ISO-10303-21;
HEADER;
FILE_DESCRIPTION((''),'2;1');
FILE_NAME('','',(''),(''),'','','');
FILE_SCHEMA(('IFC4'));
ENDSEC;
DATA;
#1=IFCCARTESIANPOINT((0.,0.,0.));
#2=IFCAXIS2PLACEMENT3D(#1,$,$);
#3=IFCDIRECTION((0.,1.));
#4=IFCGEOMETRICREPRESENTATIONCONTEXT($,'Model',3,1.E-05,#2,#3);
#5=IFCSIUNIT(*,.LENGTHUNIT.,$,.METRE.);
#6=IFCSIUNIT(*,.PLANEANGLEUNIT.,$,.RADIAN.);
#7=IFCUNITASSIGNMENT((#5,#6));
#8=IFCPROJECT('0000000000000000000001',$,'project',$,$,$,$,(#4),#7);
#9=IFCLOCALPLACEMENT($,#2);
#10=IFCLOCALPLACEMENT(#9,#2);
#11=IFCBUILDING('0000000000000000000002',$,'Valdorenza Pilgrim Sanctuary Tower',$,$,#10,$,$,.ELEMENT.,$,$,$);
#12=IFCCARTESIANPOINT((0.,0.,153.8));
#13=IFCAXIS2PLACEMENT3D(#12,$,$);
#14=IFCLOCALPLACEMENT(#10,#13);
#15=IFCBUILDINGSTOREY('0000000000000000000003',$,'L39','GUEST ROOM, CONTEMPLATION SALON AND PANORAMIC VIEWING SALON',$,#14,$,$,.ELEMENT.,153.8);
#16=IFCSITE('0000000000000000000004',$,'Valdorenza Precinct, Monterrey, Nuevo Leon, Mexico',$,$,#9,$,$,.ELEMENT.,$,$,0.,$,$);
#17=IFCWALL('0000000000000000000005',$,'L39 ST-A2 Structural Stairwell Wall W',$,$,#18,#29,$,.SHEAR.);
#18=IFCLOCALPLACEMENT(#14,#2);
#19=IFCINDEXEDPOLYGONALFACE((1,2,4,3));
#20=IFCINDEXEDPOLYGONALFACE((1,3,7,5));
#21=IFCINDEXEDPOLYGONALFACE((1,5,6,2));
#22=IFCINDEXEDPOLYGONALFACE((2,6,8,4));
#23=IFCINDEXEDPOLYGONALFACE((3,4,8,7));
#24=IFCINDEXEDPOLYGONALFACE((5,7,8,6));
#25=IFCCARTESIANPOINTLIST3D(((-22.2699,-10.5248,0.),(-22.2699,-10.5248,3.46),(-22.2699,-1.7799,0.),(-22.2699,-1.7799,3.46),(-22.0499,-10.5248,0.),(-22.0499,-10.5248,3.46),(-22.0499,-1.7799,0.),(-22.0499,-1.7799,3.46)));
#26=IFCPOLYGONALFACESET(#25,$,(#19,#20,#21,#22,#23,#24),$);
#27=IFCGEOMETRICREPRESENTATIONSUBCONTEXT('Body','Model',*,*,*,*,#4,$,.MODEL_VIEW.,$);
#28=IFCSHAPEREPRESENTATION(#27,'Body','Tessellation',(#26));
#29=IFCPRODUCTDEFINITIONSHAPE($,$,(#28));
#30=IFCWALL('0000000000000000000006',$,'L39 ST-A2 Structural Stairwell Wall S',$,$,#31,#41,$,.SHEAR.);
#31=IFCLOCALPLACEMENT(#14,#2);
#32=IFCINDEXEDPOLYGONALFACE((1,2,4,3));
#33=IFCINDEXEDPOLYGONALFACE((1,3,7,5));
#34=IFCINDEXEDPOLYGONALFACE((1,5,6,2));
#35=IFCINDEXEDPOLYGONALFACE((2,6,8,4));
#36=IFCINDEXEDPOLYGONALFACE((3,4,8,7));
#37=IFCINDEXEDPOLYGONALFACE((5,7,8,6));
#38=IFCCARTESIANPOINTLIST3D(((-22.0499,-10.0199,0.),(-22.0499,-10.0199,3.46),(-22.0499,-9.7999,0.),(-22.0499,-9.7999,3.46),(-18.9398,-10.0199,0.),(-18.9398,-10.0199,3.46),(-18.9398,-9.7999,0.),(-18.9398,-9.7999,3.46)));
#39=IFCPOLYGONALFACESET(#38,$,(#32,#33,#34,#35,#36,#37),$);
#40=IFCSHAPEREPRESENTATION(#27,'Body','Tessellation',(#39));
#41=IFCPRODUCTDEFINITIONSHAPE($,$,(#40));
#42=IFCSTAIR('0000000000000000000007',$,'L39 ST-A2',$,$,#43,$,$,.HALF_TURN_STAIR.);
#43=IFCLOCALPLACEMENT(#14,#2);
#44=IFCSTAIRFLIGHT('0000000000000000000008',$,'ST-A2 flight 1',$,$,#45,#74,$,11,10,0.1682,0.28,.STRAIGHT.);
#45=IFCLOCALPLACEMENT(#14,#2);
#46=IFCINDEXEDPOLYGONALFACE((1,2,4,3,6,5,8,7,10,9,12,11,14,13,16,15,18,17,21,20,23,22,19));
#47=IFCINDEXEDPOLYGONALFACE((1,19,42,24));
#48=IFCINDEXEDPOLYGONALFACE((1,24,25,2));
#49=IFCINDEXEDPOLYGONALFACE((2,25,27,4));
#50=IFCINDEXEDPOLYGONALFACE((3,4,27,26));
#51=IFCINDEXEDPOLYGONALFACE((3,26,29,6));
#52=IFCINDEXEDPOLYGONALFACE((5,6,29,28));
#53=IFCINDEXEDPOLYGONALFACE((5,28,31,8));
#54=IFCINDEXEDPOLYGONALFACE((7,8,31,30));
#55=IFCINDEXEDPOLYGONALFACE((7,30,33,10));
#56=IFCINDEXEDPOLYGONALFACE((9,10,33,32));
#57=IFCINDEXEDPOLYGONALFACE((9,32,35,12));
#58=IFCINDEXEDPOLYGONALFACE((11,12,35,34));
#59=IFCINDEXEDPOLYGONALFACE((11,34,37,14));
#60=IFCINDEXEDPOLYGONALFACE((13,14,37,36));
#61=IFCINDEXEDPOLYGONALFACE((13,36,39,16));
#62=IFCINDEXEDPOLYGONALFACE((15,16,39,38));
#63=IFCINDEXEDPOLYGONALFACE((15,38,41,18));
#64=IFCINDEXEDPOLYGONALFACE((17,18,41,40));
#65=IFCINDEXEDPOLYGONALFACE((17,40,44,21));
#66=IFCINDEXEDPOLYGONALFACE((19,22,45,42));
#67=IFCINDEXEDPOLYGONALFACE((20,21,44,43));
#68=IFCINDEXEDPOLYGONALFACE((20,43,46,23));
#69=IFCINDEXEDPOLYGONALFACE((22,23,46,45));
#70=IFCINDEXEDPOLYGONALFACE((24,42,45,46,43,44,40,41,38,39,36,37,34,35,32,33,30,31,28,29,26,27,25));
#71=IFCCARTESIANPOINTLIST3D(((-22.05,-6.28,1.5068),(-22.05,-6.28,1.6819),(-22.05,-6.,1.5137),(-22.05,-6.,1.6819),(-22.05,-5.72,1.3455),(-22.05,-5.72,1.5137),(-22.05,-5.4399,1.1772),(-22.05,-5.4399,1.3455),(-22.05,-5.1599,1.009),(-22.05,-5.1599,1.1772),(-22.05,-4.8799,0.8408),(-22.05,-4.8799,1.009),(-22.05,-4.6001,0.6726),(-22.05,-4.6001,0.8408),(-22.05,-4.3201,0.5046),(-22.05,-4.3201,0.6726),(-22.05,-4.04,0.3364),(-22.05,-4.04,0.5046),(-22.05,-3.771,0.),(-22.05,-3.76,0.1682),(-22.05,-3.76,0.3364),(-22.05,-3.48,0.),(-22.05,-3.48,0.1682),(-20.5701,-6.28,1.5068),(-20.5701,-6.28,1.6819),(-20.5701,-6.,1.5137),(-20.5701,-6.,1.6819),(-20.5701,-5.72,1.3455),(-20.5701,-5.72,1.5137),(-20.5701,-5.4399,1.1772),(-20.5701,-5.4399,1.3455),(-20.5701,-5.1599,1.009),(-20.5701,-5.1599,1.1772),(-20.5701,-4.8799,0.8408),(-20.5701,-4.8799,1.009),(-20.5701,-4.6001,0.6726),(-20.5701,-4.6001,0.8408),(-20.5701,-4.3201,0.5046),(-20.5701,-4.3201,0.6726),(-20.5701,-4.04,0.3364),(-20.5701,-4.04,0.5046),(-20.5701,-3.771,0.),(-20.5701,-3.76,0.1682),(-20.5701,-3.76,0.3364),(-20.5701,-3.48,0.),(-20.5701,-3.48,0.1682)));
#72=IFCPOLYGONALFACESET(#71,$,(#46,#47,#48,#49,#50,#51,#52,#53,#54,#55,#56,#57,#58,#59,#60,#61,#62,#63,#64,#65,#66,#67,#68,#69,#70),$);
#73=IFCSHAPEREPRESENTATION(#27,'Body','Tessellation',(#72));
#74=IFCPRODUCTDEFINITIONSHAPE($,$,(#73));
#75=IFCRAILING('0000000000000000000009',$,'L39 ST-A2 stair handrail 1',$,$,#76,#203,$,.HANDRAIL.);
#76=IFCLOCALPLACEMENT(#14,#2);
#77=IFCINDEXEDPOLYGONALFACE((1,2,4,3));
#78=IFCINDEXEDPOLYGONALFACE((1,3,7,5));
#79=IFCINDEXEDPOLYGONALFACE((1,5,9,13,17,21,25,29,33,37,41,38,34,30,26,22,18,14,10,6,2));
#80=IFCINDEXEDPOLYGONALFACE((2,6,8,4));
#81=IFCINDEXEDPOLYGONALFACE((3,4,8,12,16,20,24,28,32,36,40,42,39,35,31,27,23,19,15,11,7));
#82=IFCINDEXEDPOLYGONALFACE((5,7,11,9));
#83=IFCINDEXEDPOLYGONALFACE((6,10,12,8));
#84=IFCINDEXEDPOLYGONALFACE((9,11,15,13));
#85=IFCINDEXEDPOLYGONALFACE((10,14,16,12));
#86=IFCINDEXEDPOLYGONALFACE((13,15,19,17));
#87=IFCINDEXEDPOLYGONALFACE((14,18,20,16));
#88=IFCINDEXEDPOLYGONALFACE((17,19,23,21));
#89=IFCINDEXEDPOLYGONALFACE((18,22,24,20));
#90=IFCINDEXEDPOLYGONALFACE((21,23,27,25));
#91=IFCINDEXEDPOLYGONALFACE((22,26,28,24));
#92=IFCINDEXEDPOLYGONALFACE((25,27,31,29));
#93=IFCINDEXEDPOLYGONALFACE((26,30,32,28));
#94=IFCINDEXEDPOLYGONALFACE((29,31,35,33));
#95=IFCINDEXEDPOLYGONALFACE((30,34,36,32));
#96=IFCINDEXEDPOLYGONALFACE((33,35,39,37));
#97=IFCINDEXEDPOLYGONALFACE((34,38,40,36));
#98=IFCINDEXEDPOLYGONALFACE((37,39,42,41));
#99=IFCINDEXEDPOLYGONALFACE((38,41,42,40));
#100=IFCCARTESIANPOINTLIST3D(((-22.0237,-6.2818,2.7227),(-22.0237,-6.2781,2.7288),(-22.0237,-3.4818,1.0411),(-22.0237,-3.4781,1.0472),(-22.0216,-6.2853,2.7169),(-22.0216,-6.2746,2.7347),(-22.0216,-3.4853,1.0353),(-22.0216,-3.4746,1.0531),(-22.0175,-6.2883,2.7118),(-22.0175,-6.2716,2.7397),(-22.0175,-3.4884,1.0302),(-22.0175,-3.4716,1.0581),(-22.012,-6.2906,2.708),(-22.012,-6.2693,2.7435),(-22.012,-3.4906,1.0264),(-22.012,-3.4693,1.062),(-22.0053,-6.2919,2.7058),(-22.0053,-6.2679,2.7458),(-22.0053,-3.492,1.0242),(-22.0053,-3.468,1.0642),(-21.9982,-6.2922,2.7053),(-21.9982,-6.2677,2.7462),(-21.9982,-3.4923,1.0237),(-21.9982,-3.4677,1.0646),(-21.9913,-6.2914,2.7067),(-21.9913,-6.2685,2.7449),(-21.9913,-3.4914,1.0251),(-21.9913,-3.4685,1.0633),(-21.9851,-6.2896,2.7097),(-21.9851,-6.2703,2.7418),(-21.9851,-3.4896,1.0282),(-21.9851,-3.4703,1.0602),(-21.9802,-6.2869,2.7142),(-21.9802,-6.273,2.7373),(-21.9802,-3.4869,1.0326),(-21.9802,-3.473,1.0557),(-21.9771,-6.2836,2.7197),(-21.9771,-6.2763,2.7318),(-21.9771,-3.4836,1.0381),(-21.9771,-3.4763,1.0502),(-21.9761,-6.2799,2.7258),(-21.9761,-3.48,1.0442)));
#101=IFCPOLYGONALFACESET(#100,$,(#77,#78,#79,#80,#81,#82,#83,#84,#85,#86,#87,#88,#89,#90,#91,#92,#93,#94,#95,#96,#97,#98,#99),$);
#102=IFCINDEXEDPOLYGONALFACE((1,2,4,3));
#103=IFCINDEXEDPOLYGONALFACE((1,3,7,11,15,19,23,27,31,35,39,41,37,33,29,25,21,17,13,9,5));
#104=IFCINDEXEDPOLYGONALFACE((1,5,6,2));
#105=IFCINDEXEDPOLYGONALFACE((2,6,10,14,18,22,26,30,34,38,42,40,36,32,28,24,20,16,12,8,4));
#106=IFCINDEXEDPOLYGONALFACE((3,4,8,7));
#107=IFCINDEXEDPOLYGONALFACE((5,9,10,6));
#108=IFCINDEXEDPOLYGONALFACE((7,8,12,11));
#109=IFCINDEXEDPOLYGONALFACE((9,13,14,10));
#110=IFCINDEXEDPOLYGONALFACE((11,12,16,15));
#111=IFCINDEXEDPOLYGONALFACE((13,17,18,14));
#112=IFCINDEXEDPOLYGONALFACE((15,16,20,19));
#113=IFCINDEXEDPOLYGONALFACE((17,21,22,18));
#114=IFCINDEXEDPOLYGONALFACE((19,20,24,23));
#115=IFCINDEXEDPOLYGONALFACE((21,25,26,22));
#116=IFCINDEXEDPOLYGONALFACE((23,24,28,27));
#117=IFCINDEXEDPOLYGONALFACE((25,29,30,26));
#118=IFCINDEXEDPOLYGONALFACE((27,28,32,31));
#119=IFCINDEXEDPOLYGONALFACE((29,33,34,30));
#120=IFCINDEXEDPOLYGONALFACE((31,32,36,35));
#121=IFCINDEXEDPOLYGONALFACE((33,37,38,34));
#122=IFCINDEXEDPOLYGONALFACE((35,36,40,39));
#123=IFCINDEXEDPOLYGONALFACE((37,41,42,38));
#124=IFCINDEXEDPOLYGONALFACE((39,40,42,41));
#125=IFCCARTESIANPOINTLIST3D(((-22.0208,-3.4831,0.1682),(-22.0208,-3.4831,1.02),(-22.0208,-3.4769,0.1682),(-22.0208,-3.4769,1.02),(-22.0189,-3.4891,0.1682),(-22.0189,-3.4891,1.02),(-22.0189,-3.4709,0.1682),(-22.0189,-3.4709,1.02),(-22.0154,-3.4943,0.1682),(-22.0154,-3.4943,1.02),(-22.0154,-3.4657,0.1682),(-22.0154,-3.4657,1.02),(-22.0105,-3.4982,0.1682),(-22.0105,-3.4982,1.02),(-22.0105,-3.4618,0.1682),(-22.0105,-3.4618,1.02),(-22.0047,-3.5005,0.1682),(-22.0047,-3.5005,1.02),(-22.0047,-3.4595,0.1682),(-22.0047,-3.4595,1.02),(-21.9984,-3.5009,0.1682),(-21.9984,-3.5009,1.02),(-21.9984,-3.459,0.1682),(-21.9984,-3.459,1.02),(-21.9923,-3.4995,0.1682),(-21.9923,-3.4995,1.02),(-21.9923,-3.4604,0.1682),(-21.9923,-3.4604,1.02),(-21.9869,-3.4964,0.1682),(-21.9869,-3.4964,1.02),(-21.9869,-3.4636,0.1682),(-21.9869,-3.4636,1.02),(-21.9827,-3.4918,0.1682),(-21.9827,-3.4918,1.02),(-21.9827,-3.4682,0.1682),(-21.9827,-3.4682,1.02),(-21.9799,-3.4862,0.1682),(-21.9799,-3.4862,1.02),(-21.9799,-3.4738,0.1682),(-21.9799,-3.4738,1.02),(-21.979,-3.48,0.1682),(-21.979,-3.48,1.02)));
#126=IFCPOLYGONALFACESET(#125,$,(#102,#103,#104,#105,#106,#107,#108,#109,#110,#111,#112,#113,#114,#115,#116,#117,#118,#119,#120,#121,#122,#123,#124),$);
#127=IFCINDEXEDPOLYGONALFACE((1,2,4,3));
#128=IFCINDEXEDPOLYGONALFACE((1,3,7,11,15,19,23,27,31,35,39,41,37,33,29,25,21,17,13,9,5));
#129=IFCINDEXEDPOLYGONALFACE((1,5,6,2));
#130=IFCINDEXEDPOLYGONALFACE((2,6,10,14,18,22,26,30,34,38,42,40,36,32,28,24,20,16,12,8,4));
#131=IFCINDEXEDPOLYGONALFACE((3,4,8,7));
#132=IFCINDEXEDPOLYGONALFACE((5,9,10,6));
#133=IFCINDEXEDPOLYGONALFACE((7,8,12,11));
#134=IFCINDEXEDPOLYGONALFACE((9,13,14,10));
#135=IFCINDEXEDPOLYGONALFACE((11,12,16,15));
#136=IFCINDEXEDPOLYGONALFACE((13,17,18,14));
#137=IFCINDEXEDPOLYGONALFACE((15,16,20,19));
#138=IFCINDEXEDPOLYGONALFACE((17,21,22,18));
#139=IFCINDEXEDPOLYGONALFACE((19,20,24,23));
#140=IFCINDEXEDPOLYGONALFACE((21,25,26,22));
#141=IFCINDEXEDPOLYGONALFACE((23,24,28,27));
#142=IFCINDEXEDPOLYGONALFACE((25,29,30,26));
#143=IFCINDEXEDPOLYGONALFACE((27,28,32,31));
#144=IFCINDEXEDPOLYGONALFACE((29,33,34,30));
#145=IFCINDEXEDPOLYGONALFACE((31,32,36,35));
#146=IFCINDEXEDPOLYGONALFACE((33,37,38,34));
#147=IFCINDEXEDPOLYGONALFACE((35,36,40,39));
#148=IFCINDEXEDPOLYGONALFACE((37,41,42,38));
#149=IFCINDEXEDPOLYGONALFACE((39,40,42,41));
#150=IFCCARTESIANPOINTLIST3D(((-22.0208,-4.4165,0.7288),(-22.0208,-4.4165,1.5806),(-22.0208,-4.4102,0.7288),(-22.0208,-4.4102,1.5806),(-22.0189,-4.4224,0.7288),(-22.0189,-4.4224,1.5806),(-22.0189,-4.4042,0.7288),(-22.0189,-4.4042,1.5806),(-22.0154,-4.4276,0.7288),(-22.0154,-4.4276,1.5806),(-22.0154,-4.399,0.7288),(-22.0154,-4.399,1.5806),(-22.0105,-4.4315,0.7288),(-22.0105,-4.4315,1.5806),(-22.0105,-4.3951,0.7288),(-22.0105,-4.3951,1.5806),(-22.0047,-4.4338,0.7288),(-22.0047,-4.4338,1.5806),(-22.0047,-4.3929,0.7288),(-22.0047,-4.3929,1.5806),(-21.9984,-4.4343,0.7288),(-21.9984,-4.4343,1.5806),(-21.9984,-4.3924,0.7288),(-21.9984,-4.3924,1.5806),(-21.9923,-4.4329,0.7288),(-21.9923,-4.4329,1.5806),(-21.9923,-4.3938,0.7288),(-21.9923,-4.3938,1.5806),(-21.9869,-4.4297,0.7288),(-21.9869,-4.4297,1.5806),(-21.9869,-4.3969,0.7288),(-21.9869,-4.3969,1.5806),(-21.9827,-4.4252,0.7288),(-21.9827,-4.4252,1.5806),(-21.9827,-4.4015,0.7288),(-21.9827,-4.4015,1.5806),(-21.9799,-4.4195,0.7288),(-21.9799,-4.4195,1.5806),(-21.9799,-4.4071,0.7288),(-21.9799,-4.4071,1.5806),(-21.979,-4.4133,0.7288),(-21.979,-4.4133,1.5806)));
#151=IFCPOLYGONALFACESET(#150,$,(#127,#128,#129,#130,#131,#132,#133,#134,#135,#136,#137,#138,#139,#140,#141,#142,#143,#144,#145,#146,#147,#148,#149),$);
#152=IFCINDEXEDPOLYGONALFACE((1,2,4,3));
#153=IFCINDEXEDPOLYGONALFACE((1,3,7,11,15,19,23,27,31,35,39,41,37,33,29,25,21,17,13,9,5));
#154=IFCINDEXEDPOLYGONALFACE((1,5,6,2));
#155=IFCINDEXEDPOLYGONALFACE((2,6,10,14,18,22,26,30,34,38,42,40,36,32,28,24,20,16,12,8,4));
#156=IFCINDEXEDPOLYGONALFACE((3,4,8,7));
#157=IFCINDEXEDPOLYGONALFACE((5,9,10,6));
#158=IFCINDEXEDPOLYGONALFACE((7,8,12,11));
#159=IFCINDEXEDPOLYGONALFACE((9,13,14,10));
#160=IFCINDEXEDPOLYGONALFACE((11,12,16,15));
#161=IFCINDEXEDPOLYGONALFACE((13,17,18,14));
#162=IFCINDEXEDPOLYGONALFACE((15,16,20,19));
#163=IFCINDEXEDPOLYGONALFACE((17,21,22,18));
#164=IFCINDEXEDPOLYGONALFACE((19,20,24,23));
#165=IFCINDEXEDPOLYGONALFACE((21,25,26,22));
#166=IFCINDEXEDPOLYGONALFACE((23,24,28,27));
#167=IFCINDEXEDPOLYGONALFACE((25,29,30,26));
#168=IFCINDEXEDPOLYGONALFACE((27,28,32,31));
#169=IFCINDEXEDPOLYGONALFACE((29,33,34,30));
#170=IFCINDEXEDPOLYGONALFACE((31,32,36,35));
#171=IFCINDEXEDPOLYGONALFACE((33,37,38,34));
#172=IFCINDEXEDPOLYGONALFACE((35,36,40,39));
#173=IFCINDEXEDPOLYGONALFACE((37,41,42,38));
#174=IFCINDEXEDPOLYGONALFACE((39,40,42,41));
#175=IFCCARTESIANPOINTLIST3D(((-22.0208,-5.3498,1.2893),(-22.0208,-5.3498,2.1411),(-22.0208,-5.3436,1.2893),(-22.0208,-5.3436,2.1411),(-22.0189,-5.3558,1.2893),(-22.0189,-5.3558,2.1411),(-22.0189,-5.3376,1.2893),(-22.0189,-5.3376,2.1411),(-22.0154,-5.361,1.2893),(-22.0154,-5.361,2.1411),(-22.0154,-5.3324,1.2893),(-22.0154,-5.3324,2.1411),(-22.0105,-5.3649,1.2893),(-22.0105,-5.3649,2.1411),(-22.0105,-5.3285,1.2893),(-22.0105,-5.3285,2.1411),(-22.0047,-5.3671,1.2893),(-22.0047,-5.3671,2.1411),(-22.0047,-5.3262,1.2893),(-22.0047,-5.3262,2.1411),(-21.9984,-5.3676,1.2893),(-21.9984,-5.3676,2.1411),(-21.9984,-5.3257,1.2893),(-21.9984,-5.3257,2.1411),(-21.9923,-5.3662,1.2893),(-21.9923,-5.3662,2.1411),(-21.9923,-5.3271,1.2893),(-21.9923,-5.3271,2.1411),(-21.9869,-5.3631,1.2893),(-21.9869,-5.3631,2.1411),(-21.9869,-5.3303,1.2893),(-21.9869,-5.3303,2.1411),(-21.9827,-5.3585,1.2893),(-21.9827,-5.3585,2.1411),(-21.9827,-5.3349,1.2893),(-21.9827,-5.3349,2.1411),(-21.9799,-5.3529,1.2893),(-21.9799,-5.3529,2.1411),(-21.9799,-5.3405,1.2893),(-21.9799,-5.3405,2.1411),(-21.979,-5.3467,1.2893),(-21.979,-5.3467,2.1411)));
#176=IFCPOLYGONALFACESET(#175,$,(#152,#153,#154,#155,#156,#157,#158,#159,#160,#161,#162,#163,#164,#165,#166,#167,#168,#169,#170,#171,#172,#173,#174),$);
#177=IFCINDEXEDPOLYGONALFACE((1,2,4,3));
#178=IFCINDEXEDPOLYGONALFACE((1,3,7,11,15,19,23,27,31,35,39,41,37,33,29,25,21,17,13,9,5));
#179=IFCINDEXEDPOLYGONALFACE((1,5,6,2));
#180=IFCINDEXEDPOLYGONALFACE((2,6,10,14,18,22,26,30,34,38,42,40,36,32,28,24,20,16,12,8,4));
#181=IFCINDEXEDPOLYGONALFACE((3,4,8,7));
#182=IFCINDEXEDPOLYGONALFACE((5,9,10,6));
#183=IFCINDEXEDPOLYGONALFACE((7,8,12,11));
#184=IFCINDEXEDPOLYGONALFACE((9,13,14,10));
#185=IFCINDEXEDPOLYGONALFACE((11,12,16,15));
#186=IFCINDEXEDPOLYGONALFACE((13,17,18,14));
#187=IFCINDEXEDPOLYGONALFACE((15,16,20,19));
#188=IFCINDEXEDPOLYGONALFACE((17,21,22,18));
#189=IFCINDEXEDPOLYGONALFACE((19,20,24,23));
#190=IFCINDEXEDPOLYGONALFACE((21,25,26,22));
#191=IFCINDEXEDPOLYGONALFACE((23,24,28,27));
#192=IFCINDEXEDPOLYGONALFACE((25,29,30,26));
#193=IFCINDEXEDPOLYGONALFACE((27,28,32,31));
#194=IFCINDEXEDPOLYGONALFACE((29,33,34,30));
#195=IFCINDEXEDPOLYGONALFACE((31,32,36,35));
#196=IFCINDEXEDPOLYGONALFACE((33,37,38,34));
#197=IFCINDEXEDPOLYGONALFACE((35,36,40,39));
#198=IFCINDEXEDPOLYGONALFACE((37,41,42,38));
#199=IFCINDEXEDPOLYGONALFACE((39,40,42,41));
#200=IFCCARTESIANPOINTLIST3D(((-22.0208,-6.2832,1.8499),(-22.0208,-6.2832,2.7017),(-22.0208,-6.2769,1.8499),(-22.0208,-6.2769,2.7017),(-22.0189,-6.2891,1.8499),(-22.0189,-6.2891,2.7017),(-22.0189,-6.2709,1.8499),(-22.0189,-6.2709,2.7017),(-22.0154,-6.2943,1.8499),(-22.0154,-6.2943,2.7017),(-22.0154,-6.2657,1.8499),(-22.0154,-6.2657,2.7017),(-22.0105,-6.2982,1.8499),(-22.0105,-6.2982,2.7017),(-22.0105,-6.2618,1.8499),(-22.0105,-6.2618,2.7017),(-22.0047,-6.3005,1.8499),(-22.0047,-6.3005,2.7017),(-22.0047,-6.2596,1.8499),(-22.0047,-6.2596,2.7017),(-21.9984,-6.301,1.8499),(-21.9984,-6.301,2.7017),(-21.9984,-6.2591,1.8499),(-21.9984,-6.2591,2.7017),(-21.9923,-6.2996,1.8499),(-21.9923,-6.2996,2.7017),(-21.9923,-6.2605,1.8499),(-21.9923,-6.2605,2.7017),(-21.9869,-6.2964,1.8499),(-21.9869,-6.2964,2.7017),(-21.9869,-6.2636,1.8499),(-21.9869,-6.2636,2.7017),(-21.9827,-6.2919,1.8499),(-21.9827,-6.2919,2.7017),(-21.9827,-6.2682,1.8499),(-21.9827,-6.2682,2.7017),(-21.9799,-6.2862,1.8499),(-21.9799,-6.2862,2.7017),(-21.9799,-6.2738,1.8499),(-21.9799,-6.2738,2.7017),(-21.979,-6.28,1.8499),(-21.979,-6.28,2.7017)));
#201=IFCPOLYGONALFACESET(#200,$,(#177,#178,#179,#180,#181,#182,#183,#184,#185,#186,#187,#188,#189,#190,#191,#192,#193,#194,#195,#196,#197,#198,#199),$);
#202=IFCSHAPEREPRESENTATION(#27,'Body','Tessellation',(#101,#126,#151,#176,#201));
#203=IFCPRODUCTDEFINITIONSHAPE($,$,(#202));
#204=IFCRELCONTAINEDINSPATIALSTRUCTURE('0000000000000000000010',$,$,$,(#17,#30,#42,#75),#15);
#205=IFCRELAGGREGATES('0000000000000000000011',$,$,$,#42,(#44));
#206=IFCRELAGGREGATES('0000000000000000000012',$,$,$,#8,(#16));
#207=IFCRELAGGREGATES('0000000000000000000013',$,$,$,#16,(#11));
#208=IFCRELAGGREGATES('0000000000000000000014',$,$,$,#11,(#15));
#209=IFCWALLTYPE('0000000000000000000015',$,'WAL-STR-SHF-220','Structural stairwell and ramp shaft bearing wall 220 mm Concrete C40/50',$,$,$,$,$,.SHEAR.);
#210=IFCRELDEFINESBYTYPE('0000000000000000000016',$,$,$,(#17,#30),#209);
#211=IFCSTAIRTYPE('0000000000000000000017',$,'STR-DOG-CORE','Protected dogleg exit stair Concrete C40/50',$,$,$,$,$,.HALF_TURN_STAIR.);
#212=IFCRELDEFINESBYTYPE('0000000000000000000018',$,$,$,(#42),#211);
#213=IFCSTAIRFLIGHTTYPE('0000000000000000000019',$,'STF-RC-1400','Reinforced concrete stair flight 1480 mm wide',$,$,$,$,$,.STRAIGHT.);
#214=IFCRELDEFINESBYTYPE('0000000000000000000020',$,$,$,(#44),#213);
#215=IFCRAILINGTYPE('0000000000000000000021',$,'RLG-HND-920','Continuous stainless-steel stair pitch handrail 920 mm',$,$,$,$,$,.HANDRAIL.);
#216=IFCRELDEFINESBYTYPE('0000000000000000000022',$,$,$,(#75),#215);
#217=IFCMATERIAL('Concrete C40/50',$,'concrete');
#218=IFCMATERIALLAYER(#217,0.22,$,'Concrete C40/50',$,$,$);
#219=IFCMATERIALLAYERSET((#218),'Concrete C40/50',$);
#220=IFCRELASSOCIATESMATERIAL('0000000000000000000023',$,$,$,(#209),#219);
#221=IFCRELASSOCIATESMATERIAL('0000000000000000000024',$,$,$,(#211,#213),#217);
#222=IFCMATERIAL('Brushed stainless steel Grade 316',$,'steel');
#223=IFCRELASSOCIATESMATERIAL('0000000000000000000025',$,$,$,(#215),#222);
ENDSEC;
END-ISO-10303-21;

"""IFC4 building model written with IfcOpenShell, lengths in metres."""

from ifc_helpers import new_model, si_unit, direction, frame, frame_2d, origin, origin_2d, place, context, subcontext, project, spatial, polyline, rectangle, circle, outline, extrude, material, layer, layer_set, type_object, element, aggregate, save


model = new_model("IFC4")

# Units and contexts
model_context = context("Model", 3, precision=1e-05, world=origin(), true_north=direction((0.0, 1.0)))
body_context = subcontext(model_context, "Body", "Model", "MODEL_VIEW")
ifc_project = project(units=[si_unit("LENGTHUNIT", "METRE"), si_unit("PLANEANGLEUNIT", "RADIAN")], contexts=[model_context])

# Site, building, storey
site_placement = place(None, origin())
site = spatial("IfcSite", under=ifc_project, at=site_placement, Name="Valdorenza Precinct, Monterrey, Nuevo Leon, Mexico", CompositionType="ELEMENT", RefElevation=0.0)
building_placement = place(site_placement, origin())
building = spatial("IfcBuilding", under=site, at=building_placement, Name="Valdorenza Pilgrim Sanctuary Tower", CompositionType="ELEMENT")
storey_placement = place(building_placement, frame((0.0, 0.0, 153.8)))
storey = spatial("IfcBuildingStorey", under=building, at=storey_placement, Name="L39", Description="GUEST ROOM, CONTEMPLATION SALON AND PANORAMIC VIEWING SALON", CompositionType="ELEMENT", Elevation=153.8)

# Walls
ifc_material_1 = material(Name="Concrete C40/50", Category="concrete")
ifc_layer_1 = layer(ifc_material_1, 0.22, Name="Concrete C40/50")
ifc_layer_set_1 = layer_set([ifc_layer_1], Name="Concrete C40/50")
wall_type_1 = type_object("IfcWallType", Name="WAL-STR-SHF-220", Description="Structural stairwell and ramp shaft bearing wall 220 mm Concrete C40/50", PredefinedType="SHEAR", material=ifc_layer_set_1)
wall_1_placement = place(storey_placement, frame((-22.1599, -10.5249, 0.0), z_axis=(0.0, 0.0, 1.0), x_axis=(0.0, 1.0, 0.0)))
element("IfcWall", 1, at=wall_1_placement, inside=storey, type_object=wall_type_1, Name="L39 ST-A2 Structural Stairwell Wall W", PredefinedType="SHEAR", context=body_context, shape_type="SweptSolid", body=[
    extrude(rectangle(XDim=8.7449, YDim=0.22, at=frame_2d((4.3726, 0.0))), origin(), (0.0, 0.0, 1.0), 3.46),
])
wall_2_placement = place(storey_placement, frame((-22.05, -9.9099, 0.0), z_axis=(0.0, 0.0, 1.0), x_axis=(1.0, 0.0, 0.0)))
element("IfcWall", 2, at=wall_2_placement, inside=storey, type_object=wall_type_1, Name="L39 ST-A2 Structural Stairwell Wall S", PredefinedType="SHEAR", context=body_context, shape_type="SweptSolid", body=[
    extrude(rectangle(XDim=3.1101, YDim=0.22, at=frame_2d((1.5552, 0.0))), origin(), (0.0, 0.0, 1.0), 3.46),
])

# Stair, stair flight
stair_type = type_object("IfcStairType", Name="STR-DOG-CORE", Description="Protected dogleg exit stair Concrete C40/50", PredefinedType="HALF_TURN_STAIR", material=ifc_material_1)
stair_placement = place(storey_placement, origin())
stair = element("IfcStair", 3, at=stair_placement, inside=storey, type_object=stair_type, Name="L39 ST-A2", PredefinedType="HALF_TURN_STAIR")
stair_flight_type = type_object("IfcStairFlightType", Name="STF-RC-1400", Description="Reinforced concrete stair flight 1480 mm wide", PredefinedType="STRAIGHT", material=ifc_material_1)
stair_flight_placement = place(storey_placement, frame((-21.3101, -3.48, 0.0), z_axis=(0.0, 0.0, 1.0), x_axis=(0.0, -1.0, 0.0)))
stair_flight = element("IfcStairFlight", 4, at=stair_flight_placement, type_object=stair_flight_type, Name="ST-A2 flight 1", NumberOfRisers=11, NumberOfTreads=10, PredefinedType="STRAIGHT", RiserHeight=0.1682, TreadLength=0.28, context=body_context, shape_type="SweptSolid", body=[
    extrude(outline(polyline([(0.0, 0.0), (0.0, 0.1682), (0.28, 0.1682), (0.28, 0.3364), (0.5601, 0.3364), (0.5601, 0.5046), (0.8401, 0.5046), (0.8401, 0.6726), (1.1201, 0.6726), (1.1201, 0.8408), (1.3999, 0.8408), (1.3999, 1.009), (1.6799, 1.009), (1.6799, 1.1772), (1.96, 1.1772), (1.96, 1.3455), (2.24, 1.3455), (2.24, 1.5137), (2.52, 1.5137), (2.52, 1.6819), (2.8, 1.6819), (2.8, 1.8501), (2.8, 1.5068), (0.291, 0.0), (0.0, 0.0)])), frame((0.0, 0.74, 0.0), z_axis=(0.0, -1.0, 0.0), x_axis=(1.0, 0.0, 0.0)), (0.0, 0.0, 1.0), 1.48),
])
aggregate(stair, [stair_flight])

# Railing
ifc_material_2 = material(Name="Brushed stainless steel Grade 316", Category="steel")
railing_type = type_object("IfcRailingType", Name="RLG-HND-920", Description="Continuous stainless-steel stair pitch handrail 920 mm", PredefinedType="HANDRAIL", material=ifc_material_2)
railing_placement = place(storey_placement, frame((-22.0, -3.48, 0.1682)))
element("IfcRailing", 5, at=railing_placement, inside=storey, type_object=railing_type, Name="L39 ST-A2 stair handrail 1", PredefinedType="HANDRAIL", context=body_context, shape_type="SweptSolid", body=[
    extrude(circle(Radius=0.0239, at=origin_2d()), frame((0.0, 0.0, 0.876), z_axis=(0.0, -0.857275, 0.514858), x_axis=(1.0, 0.0, 0.0)), (0.0, 0.0, 1.0), 3.2661),
    extrude(circle(Radius=0.021, at=origin_2d()), origin(), (0.0, 0.0, 1.0), 0.8518),
    extrude(circle(Radius=0.021, at=origin_2d()), frame((0.0, -0.9333, 0.5605)), (0.0, 0.0, 1.0), 0.8518),
    extrude(circle(Radius=0.021, at=origin_2d()), frame((0.0, -1.8667, 1.1211)), (0.0, 0.0, 1.0), 0.8518),
    extrude(circle(Radius=0.021, at=origin_2d()), frame((0.0, -2.8, 1.6816)), (0.0, 0.0, 1.0), 0.8518),
])

save(model, "model.ifc")
